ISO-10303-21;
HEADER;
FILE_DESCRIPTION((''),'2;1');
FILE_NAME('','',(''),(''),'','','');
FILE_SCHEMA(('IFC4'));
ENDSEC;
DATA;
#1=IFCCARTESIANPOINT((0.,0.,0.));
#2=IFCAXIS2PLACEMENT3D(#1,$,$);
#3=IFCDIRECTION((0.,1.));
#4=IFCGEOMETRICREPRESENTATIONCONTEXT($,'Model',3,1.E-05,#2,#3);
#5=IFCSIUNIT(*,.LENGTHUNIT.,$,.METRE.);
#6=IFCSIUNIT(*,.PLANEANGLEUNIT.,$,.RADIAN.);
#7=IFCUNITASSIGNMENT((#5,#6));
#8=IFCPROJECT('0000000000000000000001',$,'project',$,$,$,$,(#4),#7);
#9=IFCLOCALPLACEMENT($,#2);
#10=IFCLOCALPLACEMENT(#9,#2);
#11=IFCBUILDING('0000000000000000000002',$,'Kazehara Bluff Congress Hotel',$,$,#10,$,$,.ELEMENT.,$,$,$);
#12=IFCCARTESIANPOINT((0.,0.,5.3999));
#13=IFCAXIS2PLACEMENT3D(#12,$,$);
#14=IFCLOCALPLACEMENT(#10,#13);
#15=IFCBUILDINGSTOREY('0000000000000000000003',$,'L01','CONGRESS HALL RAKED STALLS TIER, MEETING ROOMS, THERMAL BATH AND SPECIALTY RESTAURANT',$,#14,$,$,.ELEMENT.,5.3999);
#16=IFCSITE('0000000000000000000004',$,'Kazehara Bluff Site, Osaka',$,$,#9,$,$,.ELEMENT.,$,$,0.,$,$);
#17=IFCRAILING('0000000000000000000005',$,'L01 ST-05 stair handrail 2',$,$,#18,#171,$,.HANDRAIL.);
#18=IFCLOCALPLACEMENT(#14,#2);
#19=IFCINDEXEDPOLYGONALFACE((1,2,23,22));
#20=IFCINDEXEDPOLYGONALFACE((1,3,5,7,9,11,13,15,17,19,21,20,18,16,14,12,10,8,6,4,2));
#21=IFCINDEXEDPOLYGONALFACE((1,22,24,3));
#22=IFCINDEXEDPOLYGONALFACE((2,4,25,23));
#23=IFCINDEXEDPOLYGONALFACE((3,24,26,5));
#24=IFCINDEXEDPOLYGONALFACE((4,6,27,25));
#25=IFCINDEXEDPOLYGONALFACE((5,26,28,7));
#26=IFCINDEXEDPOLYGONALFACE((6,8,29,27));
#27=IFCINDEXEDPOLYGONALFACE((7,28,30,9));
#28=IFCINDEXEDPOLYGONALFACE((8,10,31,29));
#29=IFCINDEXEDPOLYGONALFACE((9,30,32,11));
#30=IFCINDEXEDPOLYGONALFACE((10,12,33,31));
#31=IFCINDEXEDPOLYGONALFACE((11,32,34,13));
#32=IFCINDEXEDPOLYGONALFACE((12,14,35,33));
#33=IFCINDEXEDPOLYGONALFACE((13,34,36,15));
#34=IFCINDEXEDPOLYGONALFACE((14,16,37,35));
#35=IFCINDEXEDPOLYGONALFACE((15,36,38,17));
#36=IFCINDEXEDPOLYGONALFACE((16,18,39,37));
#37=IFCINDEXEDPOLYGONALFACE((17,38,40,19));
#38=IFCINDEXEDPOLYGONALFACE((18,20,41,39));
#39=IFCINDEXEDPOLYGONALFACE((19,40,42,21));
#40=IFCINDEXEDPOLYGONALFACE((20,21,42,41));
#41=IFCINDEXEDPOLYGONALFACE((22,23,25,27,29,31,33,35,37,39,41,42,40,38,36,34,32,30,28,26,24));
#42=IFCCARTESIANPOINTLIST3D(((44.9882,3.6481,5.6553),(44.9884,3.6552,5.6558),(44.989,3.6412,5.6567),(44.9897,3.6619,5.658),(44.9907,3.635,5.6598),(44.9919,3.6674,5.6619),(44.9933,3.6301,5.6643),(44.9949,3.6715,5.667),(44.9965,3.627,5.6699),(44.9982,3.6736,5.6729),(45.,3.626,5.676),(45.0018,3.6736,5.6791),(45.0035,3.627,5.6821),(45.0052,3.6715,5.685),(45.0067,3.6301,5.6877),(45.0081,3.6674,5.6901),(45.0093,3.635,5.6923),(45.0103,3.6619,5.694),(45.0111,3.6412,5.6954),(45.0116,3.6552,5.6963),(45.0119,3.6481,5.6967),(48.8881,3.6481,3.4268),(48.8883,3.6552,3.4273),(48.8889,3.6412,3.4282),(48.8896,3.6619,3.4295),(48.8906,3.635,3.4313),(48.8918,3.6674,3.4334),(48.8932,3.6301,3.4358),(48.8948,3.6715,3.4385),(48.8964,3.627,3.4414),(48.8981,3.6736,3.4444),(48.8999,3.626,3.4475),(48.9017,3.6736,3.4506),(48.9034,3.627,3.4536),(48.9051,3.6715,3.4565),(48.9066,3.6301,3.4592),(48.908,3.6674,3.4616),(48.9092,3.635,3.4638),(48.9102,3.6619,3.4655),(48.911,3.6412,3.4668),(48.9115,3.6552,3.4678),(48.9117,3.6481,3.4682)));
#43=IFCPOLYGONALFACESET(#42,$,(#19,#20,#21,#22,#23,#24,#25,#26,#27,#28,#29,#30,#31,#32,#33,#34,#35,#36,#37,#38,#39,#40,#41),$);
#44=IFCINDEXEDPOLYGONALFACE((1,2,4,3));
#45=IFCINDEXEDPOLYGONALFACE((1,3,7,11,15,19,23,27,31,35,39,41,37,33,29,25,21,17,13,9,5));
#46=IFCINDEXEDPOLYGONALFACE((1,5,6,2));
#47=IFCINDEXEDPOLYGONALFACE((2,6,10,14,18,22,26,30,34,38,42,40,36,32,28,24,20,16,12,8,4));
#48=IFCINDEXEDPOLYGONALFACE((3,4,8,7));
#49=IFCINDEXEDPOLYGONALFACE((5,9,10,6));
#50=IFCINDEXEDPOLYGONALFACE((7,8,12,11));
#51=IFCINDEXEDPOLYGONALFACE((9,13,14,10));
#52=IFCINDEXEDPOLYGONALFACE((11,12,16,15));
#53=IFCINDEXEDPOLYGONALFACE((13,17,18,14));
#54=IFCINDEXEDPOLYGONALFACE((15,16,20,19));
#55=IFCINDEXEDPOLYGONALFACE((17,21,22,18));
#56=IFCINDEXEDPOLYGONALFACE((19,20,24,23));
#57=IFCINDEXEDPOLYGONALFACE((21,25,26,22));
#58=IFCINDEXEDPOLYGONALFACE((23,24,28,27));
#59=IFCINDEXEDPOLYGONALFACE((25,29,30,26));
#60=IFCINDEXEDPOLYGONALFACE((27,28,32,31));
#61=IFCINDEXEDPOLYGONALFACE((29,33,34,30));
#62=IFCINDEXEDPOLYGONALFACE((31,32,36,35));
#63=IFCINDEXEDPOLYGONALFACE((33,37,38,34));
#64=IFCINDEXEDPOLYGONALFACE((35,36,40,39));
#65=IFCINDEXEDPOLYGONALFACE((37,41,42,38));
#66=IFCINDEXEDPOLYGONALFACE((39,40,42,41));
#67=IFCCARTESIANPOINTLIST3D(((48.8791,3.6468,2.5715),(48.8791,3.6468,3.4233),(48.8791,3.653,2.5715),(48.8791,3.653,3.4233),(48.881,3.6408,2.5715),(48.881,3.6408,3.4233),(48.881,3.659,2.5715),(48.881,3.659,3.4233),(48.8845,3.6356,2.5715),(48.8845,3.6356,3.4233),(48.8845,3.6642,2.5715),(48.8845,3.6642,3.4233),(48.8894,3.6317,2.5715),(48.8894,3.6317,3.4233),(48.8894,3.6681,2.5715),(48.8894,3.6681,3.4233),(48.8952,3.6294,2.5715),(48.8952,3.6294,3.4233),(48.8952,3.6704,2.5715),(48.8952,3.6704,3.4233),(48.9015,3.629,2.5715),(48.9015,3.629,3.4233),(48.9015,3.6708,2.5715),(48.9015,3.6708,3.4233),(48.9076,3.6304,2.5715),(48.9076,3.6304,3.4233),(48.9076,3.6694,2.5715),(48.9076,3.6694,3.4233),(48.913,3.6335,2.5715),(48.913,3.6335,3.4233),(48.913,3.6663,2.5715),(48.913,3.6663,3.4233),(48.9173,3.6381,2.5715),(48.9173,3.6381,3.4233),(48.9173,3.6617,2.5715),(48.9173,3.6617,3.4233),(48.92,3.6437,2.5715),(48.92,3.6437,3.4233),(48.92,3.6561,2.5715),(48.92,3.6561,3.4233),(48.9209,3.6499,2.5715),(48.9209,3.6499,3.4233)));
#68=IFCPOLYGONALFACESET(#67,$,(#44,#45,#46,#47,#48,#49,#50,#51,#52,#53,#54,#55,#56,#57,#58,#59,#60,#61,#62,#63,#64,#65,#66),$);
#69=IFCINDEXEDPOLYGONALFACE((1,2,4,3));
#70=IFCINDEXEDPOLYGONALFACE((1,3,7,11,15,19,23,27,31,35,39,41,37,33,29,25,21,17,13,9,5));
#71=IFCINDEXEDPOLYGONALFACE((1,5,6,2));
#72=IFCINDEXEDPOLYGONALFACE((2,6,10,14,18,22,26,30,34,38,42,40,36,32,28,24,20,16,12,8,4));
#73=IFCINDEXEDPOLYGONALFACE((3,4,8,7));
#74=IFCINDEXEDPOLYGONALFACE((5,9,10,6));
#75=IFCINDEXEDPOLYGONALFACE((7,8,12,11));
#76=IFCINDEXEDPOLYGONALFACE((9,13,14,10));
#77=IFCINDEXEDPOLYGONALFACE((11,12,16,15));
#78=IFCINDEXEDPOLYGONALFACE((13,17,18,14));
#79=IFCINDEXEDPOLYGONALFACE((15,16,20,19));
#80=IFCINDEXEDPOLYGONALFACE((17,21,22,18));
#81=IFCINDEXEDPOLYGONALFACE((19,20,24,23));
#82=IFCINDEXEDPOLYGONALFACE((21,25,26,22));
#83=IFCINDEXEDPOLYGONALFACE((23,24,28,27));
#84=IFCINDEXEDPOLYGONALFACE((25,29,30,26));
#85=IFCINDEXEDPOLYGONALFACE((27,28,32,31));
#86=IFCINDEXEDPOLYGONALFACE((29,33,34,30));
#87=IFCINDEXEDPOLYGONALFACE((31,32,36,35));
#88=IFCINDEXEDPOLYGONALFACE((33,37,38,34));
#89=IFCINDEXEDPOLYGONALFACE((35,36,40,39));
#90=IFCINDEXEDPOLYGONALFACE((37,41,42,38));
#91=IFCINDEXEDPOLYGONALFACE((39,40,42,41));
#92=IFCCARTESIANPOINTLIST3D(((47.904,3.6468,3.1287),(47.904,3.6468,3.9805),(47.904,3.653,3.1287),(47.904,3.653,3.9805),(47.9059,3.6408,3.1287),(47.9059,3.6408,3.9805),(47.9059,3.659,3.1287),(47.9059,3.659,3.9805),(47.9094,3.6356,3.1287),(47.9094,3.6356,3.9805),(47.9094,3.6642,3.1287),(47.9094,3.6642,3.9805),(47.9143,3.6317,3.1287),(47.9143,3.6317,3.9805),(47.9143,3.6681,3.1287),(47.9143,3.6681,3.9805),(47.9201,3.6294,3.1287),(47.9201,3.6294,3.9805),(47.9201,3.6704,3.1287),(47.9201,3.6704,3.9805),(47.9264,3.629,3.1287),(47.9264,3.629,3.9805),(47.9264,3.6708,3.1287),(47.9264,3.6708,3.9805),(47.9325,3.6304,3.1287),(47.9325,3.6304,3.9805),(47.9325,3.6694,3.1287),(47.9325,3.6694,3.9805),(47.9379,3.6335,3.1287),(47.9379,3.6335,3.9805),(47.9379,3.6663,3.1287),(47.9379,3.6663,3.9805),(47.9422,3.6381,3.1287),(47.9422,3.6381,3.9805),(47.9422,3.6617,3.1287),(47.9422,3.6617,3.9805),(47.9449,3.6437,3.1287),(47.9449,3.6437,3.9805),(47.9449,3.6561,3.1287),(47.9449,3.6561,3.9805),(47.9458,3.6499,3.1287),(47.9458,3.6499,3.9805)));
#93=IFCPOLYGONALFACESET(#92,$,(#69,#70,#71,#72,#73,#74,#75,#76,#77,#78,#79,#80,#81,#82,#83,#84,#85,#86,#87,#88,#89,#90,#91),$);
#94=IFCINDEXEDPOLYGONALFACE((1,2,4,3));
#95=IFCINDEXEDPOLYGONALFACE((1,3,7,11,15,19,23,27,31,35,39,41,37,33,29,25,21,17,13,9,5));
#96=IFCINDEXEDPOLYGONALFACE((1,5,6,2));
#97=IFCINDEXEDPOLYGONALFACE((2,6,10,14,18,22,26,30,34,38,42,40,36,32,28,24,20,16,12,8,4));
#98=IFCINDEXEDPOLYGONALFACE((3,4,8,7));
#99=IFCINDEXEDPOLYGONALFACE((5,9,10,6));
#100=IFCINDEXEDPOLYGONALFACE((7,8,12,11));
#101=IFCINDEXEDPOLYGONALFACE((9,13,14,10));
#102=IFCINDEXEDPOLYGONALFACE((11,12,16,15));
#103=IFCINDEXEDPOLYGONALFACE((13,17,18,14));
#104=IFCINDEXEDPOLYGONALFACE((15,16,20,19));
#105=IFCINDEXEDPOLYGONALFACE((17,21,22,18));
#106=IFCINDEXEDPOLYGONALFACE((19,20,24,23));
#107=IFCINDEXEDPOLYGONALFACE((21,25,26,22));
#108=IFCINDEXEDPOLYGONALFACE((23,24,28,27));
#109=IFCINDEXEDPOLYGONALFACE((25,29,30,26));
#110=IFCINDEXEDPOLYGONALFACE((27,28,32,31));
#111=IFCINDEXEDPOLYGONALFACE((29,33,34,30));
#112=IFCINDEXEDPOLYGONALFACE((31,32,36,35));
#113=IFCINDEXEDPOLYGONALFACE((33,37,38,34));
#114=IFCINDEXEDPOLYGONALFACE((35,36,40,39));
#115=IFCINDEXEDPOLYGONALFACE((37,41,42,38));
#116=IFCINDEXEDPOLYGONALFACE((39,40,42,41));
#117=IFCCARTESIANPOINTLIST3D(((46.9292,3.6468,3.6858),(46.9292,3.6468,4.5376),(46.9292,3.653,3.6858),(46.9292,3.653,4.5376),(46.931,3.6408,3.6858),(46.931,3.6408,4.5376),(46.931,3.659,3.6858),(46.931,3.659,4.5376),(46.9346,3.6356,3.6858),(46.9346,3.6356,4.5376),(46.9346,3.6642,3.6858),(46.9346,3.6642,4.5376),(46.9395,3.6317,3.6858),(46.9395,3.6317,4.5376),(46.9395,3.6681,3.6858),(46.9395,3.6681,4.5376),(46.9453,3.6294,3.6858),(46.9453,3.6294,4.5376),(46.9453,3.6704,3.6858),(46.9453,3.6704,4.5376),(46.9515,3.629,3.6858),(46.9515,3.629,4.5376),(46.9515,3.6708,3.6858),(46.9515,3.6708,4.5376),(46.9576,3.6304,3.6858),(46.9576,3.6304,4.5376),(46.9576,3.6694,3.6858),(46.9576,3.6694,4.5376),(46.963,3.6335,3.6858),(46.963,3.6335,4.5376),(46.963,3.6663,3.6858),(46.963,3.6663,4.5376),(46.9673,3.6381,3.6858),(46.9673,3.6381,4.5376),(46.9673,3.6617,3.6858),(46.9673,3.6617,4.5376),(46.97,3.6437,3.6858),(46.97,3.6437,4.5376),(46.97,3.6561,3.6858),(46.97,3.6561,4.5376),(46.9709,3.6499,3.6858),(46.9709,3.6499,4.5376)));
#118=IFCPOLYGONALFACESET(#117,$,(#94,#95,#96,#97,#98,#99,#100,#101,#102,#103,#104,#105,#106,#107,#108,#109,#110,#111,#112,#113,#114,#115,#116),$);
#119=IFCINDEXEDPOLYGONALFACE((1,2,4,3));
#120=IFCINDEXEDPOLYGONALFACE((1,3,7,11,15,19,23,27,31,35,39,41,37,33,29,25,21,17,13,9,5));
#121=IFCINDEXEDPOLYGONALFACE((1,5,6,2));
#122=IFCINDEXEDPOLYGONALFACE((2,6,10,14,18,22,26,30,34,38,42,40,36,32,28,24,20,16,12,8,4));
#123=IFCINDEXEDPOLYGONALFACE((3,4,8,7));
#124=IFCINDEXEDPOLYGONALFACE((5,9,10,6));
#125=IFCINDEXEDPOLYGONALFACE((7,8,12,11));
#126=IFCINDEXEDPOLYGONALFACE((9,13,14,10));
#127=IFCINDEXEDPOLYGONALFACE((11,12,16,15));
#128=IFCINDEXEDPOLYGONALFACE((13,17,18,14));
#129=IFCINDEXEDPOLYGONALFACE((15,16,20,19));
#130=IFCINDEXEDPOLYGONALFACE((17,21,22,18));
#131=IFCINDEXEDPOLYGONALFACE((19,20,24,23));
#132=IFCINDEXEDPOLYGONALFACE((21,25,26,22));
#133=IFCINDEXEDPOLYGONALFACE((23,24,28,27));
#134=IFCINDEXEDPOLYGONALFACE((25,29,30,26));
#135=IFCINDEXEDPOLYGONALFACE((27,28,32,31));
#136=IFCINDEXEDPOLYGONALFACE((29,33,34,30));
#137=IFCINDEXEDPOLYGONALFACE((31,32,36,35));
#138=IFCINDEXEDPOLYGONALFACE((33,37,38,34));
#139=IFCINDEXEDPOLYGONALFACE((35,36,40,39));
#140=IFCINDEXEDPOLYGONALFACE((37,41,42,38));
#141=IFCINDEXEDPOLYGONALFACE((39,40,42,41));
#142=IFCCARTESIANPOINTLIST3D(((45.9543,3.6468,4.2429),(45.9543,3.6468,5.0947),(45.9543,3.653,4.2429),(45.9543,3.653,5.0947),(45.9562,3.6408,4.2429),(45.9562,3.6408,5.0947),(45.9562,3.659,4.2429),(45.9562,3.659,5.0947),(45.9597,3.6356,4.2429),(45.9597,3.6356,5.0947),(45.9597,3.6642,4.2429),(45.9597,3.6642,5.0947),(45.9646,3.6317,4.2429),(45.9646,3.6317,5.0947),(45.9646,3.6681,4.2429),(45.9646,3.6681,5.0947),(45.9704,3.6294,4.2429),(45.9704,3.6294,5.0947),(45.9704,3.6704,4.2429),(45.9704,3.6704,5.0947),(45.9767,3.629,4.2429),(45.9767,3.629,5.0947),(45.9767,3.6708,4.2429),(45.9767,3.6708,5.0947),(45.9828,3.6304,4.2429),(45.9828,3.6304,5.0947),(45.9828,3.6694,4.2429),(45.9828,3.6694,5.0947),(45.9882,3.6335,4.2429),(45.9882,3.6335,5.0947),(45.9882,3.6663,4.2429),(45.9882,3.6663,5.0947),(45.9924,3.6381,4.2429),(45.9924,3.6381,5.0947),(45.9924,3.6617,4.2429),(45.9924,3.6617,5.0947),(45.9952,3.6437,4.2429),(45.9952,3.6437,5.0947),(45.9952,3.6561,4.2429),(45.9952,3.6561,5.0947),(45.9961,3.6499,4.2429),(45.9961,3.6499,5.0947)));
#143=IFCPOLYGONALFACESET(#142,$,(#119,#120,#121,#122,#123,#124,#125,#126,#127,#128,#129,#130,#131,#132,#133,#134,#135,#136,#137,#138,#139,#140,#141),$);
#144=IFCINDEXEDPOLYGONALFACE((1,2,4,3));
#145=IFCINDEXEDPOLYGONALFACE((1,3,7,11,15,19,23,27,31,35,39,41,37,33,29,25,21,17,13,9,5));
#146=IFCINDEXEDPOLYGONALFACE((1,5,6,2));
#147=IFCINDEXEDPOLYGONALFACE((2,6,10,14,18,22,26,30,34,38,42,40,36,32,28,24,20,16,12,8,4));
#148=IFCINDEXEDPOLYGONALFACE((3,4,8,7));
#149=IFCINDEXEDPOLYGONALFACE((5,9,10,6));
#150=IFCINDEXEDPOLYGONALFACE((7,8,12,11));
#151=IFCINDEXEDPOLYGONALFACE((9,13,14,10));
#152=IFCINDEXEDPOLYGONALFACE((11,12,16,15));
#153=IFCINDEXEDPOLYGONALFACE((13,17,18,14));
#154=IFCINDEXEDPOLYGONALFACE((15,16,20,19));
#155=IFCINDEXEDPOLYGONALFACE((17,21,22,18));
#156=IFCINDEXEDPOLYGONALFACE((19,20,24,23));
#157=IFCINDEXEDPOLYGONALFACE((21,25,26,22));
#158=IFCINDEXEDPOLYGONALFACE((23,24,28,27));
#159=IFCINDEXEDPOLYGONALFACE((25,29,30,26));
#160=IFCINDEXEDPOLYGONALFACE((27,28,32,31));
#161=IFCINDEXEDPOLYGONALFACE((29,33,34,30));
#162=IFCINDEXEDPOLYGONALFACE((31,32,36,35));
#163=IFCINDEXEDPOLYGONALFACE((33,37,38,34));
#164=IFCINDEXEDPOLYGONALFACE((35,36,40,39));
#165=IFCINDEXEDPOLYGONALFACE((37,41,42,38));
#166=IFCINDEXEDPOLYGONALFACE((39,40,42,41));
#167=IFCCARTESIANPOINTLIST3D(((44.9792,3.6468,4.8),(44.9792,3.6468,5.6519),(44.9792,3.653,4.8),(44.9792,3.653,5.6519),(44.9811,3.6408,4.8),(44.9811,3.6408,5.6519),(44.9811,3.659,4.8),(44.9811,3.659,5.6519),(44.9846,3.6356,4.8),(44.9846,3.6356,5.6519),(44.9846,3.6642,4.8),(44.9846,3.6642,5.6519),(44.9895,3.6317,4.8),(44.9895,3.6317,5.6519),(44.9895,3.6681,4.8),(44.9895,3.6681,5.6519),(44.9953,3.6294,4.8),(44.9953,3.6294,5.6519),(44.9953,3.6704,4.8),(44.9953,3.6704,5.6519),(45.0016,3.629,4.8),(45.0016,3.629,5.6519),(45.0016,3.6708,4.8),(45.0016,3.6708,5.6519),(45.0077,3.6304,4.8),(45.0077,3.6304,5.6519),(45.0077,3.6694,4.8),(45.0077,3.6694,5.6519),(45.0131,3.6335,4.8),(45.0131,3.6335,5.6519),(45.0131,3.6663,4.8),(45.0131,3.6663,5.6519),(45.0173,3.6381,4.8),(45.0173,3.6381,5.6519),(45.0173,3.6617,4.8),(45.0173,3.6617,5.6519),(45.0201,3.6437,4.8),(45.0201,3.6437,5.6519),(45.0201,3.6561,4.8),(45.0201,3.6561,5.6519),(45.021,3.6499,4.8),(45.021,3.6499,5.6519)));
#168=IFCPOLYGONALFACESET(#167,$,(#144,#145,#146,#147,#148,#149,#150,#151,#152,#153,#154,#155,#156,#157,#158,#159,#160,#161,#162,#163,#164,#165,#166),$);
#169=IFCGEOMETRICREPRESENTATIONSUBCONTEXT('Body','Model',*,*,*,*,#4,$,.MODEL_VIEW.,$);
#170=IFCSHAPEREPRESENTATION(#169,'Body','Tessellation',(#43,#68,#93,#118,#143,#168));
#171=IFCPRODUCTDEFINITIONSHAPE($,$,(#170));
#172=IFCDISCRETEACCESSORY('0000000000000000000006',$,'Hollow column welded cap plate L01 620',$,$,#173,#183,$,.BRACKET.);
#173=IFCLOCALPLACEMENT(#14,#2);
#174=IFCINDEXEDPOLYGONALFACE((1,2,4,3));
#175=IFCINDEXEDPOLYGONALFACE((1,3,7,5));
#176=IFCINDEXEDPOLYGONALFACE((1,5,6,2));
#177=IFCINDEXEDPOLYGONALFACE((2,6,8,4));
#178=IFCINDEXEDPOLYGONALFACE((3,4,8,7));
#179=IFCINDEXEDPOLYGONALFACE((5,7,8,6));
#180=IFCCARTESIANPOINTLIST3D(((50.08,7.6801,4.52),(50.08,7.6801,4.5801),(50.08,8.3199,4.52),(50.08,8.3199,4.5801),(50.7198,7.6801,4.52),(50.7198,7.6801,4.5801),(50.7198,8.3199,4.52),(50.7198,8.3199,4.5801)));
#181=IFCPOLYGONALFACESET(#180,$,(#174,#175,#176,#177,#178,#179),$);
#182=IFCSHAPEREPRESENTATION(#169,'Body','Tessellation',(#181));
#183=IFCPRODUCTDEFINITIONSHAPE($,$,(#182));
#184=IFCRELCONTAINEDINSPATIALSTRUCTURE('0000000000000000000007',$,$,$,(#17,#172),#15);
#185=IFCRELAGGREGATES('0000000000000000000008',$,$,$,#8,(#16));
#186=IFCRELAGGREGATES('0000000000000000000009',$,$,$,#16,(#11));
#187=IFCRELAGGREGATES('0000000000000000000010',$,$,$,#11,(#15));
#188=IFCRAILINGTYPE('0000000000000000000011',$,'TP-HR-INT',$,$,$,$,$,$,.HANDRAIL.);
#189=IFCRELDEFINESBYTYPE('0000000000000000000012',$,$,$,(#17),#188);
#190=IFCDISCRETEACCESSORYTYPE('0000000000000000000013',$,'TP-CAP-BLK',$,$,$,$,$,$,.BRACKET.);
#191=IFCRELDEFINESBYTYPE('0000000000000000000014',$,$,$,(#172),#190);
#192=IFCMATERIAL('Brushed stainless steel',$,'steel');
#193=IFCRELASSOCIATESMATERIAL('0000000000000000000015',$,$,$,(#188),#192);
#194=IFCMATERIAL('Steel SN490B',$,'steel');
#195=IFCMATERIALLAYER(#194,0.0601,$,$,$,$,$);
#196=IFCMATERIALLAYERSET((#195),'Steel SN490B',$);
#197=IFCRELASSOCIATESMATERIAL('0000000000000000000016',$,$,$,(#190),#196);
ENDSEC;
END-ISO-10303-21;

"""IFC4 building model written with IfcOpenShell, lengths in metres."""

from ifc_helpers import new_model, si_unit, direction, frame, origin, origin_2d, place, context, subcontext, project, spatial, rectangle, circle, extrude, material, layer, layer_set, type_object, element, save


model = new_model("IFC4")

# Units and contexts
model_context = context("Model", 3, precision=1e-05, world=origin(), true_north=direction((0.0, 1.0)))
body_context = subcontext(model_context, "Body", "Model", "MODEL_VIEW")
ifc_project = project(units=[si_unit("LENGTHUNIT", "METRE"), si_unit("PLANEANGLEUNIT", "RADIAN")], contexts=[model_context])

# Site, building, storey
site_placement = place(None, origin())
site = spatial("IfcSite", under=ifc_project, at=site_placement, Name="Kazehara Bluff Site, Osaka", CompositionType="ELEMENT", RefElevation=0.0)
building_placement = place(site_placement, origin())
building = spatial("IfcBuilding", under=site, at=building_placement, Name="Kazehara Bluff Congress Hotel", CompositionType="ELEMENT")
storey_placement = place(building_placement, frame((0.0, 0.0, 5.3999)))
storey = spatial("IfcBuildingStorey", under=building, at=storey_placement, Name="L01", Description="CONGRESS HALL RAKED STALLS TIER, MEETING ROOMS, THERMAL BATH AND SPECIALTY RESTAURANT", CompositionType="ELEMENT", Elevation=5.3999)

# Railing
ifc_material_1 = material(Name="Brushed stainless steel", Category="steel")
railing_type_1 = type_object("IfcRailingType", Name="TP-HR-INT", PredefinedType="HANDRAIL", material=ifc_material_1)
railing_1_placement = place(storey_placement, frame((48.8999, 3.6499, 2.5715)))
element("IfcRailing", 1, at=railing_1_placement, inside=storey, type_object=railing_type_1, Name="L01 ST-05 stair handrail 2", PredefinedType="HANDRAIL", context=body_context, shape_type="SweptSolid", body=[
    extrude(circle(Radius=0.0239, at=origin_2d()), frame((0.0, 0.0, 0.876), z_axis=(-0.868243, 0.0, 0.496139), x_axis=(0.0, -1.0, 0.0)), (0.0, 0.0, 1.0), 4.4917),
    extrude(circle(Radius=0.021, at=origin_2d()), origin(), (0.0, 0.0, 1.0), 0.8518),
    extrude(circle(Radius=0.021, at=origin_2d()), frame((-0.9751, 0.0, 0.5571)), (0.0, 0.0, 1.0), 0.8518),
    extrude(circle(Radius=0.021, at=origin_2d()), frame((-1.95, 0.0, 1.1143)), (0.0, 0.0, 1.0), 0.8518),
    extrude(circle(Radius=0.021, at=origin_2d()), frame((-2.9248, 0.0, 1.6714)), (0.0, 0.0, 1.0), 0.8518),
    extrude(circle(Radius=0.021, at=origin_2d()), frame((-3.8999, 0.0, 2.2285)), (0.0, 0.0, 1.0), 0.8518),
])

# Discrete accessory
ifc_material_2 = material(Name="Steel SN490B", Category="steel")
ifc_layer_1 = layer(ifc_material_2, 0.0601)
ifc_layer_set_1 = layer_set([ifc_layer_1], Name="Steel SN490B")
discrete_accessory_type = type_object("IfcDiscreteAccessoryType", Name="TP-CAP-BLK", PredefinedType="BRACKET", material=ifc_layer_set_1)
discrete_accessory_placement = place(storey_placement, frame((50.3999, 8.0, 4.52), z_axis=(0.0, 0.0, 1.0), x_axis=(1.0, 0.0, 0.0)))
element("IfcDiscreteAccessory", 2, at=discrete_accessory_placement, inside=storey, type_object=discrete_accessory_type, Name="Hollow column welded cap plate L01 620", PredefinedType="BRACKET", context=body_context, shape_type="SweptSolid", body=[
    extrude(rectangle(XDim=0.6399, YDim=0.6399, at=origin_2d()), origin(), (0.0, 0.0, 1.0), 0.0601),
])

save(model, "model.ifc")
